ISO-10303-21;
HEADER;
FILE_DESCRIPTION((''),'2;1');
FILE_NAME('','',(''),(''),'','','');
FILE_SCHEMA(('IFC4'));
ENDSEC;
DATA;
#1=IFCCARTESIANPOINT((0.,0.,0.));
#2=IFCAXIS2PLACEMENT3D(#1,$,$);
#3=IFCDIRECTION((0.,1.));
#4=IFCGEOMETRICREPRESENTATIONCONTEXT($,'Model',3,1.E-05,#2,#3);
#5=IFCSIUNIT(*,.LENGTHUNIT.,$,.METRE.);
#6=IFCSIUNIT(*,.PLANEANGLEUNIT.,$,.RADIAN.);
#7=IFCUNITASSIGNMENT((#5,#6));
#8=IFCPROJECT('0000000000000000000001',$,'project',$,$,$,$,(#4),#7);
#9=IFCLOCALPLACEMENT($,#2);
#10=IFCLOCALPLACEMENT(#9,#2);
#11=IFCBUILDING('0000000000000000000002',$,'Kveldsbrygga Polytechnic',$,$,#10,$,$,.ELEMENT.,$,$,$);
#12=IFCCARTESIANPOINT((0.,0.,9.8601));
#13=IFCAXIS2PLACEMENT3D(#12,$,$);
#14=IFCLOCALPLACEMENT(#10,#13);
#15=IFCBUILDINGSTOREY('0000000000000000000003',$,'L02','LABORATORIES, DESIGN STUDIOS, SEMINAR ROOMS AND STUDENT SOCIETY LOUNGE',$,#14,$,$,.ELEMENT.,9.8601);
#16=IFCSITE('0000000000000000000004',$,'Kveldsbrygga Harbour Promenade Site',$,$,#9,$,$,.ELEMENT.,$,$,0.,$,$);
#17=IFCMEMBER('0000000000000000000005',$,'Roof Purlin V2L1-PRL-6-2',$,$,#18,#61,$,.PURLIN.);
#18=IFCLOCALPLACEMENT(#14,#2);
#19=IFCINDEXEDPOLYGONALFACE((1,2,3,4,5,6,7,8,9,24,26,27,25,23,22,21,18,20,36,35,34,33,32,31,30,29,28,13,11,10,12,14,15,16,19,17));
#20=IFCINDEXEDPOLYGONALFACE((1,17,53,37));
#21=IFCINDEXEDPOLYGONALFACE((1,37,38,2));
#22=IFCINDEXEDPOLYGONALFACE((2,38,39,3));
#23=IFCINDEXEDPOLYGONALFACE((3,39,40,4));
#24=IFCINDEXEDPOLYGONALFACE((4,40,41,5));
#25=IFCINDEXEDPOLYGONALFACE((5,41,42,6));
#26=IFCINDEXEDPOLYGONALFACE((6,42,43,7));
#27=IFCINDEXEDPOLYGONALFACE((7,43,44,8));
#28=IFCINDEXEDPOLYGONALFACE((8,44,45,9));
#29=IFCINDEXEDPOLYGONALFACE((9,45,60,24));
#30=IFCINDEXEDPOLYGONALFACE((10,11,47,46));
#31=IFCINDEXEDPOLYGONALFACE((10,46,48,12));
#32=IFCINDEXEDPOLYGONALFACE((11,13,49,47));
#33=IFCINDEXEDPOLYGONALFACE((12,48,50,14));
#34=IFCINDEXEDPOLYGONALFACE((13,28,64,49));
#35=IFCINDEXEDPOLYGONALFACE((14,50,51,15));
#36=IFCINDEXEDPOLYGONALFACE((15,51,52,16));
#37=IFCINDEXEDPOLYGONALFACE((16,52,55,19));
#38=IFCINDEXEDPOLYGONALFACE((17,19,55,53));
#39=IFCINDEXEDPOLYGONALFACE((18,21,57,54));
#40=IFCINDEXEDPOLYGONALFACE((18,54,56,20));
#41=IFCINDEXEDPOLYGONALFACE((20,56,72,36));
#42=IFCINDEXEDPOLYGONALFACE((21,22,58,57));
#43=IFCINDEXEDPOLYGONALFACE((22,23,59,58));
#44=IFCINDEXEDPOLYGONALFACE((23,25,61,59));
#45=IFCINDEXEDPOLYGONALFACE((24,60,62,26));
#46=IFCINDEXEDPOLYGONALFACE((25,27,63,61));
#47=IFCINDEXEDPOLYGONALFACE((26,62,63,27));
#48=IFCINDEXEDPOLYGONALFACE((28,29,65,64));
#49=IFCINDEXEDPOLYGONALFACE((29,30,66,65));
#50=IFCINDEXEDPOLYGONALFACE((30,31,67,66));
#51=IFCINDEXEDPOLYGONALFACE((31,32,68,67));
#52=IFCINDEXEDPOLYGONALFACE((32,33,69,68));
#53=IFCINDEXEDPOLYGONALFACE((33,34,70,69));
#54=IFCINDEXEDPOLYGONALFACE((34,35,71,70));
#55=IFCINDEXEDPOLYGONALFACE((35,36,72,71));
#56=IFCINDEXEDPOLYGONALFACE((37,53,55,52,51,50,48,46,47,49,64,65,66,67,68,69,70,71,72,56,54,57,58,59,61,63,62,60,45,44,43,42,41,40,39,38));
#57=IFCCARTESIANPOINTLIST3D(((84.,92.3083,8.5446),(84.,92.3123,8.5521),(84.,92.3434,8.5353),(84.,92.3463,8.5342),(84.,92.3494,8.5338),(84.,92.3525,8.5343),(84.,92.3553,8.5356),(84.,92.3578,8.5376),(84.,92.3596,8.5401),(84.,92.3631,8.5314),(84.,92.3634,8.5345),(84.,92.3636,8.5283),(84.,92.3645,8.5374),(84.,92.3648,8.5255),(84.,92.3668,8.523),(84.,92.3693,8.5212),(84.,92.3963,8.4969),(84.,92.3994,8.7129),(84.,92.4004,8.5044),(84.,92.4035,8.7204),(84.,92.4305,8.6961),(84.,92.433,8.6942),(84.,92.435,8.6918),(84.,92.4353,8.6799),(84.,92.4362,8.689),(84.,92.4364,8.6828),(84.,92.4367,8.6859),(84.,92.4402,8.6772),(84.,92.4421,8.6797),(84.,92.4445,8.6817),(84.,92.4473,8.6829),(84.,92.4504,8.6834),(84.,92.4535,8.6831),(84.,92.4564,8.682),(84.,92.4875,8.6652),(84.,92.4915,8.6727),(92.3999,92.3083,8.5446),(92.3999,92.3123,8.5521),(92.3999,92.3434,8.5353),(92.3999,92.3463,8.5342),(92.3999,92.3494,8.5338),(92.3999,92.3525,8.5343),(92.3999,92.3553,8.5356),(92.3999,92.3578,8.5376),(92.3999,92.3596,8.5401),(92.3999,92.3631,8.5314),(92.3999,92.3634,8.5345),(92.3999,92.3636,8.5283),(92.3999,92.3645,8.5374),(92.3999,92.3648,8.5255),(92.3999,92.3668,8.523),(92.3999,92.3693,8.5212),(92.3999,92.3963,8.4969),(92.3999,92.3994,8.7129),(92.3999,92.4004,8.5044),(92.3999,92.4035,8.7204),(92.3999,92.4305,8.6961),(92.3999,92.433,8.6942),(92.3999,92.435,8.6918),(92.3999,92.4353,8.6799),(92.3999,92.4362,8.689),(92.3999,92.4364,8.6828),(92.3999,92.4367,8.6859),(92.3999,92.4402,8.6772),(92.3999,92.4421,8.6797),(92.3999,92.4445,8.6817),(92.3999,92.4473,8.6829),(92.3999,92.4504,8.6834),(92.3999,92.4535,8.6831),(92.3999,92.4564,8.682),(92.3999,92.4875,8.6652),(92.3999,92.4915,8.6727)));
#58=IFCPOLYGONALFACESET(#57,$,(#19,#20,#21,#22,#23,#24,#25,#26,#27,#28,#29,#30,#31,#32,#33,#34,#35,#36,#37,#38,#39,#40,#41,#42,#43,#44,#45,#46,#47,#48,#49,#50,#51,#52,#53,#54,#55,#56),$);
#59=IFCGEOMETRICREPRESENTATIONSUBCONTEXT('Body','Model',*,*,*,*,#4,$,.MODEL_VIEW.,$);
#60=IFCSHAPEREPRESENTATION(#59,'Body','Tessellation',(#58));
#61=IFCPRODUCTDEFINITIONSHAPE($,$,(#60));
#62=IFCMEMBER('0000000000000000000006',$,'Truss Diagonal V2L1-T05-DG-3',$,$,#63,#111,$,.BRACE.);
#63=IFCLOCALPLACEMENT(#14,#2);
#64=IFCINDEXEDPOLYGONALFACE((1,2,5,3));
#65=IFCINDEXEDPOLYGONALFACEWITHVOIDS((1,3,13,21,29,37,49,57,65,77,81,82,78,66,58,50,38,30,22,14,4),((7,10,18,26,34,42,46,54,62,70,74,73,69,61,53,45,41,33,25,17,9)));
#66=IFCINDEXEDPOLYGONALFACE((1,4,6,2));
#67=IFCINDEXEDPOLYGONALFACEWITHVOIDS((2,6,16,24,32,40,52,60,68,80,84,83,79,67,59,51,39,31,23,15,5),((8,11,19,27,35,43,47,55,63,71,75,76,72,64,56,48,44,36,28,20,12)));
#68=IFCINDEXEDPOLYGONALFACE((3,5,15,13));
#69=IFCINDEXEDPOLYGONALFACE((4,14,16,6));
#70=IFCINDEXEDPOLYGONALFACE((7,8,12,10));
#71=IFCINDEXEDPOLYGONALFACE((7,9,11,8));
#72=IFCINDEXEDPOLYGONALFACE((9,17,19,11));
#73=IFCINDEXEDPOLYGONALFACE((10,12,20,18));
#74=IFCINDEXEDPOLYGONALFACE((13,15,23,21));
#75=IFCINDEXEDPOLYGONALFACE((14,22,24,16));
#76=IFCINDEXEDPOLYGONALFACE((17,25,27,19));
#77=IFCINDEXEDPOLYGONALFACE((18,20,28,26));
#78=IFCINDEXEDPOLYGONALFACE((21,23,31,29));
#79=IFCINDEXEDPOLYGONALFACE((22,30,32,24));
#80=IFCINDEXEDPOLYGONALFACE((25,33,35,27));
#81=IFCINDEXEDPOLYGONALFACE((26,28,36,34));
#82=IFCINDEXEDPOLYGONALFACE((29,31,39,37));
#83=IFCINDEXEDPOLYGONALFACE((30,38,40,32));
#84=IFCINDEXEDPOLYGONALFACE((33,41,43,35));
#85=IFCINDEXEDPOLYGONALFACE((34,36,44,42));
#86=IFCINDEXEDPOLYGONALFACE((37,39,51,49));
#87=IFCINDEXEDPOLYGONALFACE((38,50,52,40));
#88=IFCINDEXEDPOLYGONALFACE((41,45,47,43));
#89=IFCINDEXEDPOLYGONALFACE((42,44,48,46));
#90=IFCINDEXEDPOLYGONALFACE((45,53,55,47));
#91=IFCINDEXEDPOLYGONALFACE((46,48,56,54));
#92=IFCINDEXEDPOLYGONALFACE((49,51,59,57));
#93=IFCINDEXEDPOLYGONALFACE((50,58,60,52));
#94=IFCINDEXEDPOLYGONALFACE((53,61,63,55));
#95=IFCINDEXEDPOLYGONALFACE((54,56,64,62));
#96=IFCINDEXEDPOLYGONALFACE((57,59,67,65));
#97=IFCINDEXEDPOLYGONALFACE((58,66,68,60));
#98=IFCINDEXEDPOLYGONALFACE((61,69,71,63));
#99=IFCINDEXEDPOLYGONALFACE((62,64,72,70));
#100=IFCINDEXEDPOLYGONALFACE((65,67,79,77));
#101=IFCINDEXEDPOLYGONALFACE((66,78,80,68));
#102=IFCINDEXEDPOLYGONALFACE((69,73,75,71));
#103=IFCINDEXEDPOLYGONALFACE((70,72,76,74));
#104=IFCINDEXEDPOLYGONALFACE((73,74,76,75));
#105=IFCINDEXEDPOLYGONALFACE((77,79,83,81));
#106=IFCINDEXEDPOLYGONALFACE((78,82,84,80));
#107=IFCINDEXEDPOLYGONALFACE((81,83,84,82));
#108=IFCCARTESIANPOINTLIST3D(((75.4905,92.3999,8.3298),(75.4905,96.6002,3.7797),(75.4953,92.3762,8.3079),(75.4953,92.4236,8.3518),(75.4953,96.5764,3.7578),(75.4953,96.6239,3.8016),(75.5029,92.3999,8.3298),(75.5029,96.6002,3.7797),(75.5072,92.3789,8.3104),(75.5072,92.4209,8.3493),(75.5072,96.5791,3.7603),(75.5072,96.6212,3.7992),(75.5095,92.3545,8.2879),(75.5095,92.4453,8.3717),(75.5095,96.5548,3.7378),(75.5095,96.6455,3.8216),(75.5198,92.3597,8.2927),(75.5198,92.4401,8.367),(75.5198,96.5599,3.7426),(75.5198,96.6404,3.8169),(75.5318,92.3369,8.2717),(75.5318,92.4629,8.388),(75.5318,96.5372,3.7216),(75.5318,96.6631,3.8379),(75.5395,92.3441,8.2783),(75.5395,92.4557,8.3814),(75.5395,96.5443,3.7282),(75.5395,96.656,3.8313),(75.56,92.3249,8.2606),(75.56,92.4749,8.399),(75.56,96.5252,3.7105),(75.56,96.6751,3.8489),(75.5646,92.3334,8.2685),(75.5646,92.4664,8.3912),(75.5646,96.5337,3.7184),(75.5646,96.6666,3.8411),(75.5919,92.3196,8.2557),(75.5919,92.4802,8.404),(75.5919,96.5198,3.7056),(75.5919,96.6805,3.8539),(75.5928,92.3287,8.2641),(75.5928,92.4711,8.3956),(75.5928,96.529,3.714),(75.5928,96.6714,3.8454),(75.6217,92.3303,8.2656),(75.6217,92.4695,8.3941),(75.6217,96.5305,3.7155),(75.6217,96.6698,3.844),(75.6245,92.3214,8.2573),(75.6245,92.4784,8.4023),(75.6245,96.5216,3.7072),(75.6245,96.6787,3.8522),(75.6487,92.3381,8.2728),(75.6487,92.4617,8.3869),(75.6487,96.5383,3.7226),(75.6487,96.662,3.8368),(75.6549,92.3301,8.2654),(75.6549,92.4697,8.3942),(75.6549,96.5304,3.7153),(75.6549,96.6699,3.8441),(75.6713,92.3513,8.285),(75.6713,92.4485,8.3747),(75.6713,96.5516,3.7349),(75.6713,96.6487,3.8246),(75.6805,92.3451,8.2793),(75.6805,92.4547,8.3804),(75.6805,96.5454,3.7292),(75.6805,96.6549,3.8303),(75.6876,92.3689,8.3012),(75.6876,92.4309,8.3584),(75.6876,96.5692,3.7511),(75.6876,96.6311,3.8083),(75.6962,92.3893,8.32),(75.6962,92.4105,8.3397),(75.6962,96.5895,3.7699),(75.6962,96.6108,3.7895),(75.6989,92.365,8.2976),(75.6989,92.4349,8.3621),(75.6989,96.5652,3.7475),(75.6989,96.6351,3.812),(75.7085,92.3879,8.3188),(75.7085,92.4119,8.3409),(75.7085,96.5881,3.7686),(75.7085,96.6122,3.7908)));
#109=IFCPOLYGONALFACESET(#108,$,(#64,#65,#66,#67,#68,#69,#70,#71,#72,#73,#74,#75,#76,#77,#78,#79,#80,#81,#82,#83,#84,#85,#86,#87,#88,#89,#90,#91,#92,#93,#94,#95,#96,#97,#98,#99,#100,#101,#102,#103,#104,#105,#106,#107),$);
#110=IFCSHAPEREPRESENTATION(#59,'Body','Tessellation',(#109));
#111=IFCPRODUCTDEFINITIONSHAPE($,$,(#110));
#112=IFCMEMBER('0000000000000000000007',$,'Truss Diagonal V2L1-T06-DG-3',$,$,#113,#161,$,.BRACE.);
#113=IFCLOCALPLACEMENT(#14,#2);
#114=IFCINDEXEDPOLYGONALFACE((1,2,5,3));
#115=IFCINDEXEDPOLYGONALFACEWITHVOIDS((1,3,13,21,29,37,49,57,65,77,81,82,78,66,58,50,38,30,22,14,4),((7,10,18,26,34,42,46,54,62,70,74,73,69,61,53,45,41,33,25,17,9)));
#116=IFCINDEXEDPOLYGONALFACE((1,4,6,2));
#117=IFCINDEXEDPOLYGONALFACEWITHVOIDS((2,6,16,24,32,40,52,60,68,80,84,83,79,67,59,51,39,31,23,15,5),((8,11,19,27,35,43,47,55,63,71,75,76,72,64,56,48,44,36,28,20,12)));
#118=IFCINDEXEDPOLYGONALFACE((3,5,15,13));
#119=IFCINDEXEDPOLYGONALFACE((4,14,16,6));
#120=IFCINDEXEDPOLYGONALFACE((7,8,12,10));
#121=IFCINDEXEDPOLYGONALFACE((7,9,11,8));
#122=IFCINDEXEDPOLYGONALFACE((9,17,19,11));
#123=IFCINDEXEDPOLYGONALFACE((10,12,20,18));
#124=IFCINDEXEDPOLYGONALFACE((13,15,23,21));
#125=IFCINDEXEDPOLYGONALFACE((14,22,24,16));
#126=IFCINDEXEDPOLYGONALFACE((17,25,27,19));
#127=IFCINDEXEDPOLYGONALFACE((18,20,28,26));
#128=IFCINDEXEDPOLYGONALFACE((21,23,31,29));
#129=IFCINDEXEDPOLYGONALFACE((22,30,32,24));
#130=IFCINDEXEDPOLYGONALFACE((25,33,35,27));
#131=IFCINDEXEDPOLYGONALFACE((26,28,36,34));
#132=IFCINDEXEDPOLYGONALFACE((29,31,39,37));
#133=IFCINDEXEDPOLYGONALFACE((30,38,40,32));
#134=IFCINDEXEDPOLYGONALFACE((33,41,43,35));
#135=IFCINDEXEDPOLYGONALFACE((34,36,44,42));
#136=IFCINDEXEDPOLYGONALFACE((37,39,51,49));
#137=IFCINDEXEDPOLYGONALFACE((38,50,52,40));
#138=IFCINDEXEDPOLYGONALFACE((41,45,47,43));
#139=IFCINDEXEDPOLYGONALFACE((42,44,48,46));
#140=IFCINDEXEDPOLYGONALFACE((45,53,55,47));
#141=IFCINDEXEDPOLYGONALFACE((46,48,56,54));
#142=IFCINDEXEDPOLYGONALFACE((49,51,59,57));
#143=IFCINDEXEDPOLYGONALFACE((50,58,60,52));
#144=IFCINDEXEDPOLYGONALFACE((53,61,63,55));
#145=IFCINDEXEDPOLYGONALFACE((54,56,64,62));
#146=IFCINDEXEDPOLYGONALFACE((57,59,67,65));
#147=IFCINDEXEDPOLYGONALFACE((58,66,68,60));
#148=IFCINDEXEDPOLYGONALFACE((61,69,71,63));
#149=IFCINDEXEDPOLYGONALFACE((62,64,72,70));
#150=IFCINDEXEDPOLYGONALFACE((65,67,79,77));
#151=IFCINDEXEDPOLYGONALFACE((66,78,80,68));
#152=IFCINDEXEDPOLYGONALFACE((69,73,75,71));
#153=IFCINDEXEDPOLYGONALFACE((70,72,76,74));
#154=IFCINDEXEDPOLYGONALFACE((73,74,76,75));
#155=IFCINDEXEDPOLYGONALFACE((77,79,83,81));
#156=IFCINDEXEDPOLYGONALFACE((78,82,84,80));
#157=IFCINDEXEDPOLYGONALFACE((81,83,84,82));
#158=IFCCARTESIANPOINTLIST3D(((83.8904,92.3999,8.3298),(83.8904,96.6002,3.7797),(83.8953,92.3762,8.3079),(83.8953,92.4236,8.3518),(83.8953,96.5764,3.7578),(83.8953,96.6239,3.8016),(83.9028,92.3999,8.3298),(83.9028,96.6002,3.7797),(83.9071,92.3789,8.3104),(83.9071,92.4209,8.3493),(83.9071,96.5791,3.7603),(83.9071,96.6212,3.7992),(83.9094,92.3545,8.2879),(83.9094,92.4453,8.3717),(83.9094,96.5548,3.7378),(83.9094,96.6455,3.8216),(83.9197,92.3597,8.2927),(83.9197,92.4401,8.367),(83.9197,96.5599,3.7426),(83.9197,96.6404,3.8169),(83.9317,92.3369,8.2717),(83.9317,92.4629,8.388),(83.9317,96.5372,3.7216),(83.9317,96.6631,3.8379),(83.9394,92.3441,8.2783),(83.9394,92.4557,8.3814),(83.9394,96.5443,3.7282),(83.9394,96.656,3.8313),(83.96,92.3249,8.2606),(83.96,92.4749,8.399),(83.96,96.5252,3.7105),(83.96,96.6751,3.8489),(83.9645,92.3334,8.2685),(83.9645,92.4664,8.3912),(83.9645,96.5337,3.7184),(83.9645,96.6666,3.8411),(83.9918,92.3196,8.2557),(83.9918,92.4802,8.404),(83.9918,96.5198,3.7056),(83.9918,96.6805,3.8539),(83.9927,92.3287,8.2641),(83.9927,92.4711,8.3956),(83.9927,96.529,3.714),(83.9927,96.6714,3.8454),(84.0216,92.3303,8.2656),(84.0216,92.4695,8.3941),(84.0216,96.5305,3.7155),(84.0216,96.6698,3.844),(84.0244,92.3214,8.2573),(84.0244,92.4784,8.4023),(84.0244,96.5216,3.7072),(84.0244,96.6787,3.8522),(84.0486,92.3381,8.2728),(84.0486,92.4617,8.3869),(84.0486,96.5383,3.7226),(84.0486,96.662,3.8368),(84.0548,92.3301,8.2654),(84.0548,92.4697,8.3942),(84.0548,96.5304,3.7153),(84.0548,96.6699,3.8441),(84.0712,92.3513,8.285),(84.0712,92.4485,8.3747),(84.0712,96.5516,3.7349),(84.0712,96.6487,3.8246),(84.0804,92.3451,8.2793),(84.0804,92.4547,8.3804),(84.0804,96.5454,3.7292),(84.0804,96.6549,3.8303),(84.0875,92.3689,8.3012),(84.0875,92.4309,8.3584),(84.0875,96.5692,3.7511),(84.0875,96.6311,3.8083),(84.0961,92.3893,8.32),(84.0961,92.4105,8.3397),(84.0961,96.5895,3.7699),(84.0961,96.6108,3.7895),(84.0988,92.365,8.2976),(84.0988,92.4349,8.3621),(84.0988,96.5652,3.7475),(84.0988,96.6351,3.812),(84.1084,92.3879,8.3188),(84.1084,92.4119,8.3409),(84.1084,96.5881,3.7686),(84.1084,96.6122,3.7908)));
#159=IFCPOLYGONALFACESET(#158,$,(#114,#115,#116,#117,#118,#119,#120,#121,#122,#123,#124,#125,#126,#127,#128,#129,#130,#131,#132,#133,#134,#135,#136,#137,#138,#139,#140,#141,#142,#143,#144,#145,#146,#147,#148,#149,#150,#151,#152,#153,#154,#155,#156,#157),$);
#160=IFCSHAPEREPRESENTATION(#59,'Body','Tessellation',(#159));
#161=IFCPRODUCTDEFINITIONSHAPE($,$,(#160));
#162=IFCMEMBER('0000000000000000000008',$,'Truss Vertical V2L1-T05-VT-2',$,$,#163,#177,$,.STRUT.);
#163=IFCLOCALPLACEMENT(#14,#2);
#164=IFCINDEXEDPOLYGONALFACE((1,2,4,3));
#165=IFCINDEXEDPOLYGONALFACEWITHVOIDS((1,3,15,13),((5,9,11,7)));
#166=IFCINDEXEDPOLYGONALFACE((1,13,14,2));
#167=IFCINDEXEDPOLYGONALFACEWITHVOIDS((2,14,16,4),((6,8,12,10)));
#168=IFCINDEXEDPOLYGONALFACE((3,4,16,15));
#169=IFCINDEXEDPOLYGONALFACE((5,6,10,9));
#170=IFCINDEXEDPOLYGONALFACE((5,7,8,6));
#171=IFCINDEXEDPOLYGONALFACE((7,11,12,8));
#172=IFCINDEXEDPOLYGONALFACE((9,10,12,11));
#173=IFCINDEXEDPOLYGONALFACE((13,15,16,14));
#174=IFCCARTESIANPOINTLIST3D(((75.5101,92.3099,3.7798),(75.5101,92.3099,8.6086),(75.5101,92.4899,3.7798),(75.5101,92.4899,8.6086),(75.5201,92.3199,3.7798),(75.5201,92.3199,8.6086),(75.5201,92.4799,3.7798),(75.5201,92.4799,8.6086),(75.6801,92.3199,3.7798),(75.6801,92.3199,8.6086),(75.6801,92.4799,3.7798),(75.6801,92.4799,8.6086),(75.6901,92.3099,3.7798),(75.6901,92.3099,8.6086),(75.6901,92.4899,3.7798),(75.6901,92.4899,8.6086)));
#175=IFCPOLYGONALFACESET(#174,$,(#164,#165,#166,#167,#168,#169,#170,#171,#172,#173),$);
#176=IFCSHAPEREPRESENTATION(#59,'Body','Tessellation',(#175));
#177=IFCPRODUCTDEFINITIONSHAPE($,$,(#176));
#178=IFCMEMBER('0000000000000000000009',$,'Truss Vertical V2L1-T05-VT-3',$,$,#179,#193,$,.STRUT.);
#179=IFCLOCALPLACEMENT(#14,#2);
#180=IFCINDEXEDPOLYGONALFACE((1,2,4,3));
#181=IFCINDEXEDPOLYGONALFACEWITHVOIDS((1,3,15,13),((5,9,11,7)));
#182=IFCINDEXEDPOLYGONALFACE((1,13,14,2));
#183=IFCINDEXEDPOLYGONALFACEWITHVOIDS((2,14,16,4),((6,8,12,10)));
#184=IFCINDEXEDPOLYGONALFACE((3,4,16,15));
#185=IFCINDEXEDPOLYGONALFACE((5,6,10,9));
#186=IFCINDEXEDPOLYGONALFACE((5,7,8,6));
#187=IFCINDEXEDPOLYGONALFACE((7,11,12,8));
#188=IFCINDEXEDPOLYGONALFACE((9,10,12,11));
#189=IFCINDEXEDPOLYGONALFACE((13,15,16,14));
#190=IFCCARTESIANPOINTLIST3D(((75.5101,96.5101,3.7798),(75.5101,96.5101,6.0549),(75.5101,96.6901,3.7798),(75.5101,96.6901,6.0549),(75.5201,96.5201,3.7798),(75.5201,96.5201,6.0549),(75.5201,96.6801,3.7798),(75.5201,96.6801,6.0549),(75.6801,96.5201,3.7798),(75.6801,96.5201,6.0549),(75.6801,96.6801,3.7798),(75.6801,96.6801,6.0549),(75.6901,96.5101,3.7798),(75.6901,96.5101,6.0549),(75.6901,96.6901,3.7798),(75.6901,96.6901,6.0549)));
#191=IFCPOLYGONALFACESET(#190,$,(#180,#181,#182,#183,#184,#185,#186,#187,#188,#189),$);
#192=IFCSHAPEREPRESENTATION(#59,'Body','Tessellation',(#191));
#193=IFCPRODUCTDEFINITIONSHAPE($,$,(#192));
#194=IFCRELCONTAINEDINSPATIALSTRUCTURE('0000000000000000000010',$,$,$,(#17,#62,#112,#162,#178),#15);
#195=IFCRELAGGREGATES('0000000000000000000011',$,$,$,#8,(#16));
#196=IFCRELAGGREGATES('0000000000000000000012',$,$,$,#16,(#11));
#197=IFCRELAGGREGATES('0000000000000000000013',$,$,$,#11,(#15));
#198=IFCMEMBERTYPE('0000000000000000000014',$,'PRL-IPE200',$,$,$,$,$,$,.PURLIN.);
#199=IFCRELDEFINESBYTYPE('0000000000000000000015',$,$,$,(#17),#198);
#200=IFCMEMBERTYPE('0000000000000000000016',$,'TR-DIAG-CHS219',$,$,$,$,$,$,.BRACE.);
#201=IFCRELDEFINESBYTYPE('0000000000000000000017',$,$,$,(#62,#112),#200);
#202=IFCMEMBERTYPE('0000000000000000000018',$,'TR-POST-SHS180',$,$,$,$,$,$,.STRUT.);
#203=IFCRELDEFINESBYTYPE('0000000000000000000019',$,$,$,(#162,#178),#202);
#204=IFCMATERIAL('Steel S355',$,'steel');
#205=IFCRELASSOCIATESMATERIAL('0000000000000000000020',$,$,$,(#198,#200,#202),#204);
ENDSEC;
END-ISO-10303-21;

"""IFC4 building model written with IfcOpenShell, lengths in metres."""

from ifc_helpers import new_model, si_unit, direction, frame, origin, origin_2d, place, context, subcontext, project, spatial, hollow_rectangle, hollow_circle, i_section, extrude, material, material_profile, profile_set, type_object, element, save


model = new_model("IFC4")

# Units and contexts
model_context = context("Model", 3, precision=1e-05, world=origin(), true_north=direction((0.0, 1.0)))
body_context = subcontext(model_context, "Body", "Model", "MODEL_VIEW")
ifc_project = project(units=[si_unit("LENGTHUNIT", "METRE"), si_unit("PLANEANGLEUNIT", "RADIAN")], contexts=[model_context])

# Site, building, storey
site_placement = place(None, origin())
site = spatial("IfcSite", under=ifc_project, at=site_placement, Name="Kveldsbrygga Harbour Promenade Site", CompositionType="ELEMENT", RefElevation=0.0)
building_placement = place(site_placement, origin())
building = spatial("IfcBuilding", under=site, at=building_placement, Name="Kveldsbrygga Polytechnic", CompositionType="ELEMENT")
storey_placement = place(building_placement, frame((0.0, 0.0, 9.8601)))
storey = spatial("IfcBuildingStorey", under=building, at=storey_placement, Name="L02", Description="LABORATORIES, DESIGN STUDIOS, SEMINAR ROOMS AND STUDENT SOCIETY LOUNGE", CompositionType="ELEMENT", Elevation=9.8601)

# Members
ifc_material_1 = material(Name="Steel S355", Category="steel")
ifc_material_profile_1 = material_profile(ifc_material_1, i_section(OverallWidth=0.1001, OverallDepth=0.2, WebThickness=0.0056, FlangeThickness=0.0085, FilletRadius=0.012, at=origin_2d()), Name="IPE 200")
ifc_profile_set_1 = profile_set([ifc_material_profile_1], Name="Steel S355")
member_type_1 = type_object("IfcMemberType", Name="PRL-IPE200", PredefinedType="PURLIN", material=ifc_profile_set_1)
for number, where, z_axis, x_axis, name in (
    (1, (84.0, 92.3999, 8.6086), (1.0, 0.0, 0.0), (0.0, 0.879292, -0.476283), "Roof Purlin V2L1-PRL-6-2"),
):
    element("IfcMember", number, at=place(storey_placement, frame(where, z_axis=z_axis, x_axis=x_axis)), inside=storey, type_object=member_type_1, Name=name, PredefinedType="PURLIN", context=body_context, shape_type="SweptSolid", body=[
        extrude(i_section(OverallWidth=0.1001, OverallDepth=0.2, WebThickness=0.0056, FlangeThickness=0.0085, FilletRadius=0.012, at=origin_2d()), origin(), (0.0, 0.0, 1.0), 8.3999),
    ])
ifc_material_profile_2 = material_profile(ifc_material_1, hollow_circle(Radius=0.1096, WallThickness=0.0125, at=origin_2d()), Name="CHS 219.1x12.5")
ifc_profile_set_2 = profile_set([ifc_material_profile_2], Name="Steel S355")
member_type_2 = type_object("IfcMemberType", Name="TR-DIAG-CHS219", PredefinedType="BRACE", material=ifc_profile_set_2)
for number, where, z_axis, x_axis, name in (
    (2, (75.6001, 92.3999, 8.3298), (0.0, 0.678293, -0.734791), (-1.0, 0.0, 0.0), "Truss Diagonal V2L1-T05-DG-3"),
    (3, (84.0, 92.3999, 8.3298), (0.0, 0.678293, -0.734791), (-1.0, 0.0, 0.0), "Truss Diagonal V2L1-T06-DG-3"),
):
    element("IfcMember", number, at=place(storey_placement, frame(where, z_axis=z_axis, x_axis=x_axis)), inside=storey, type_object=member_type_2, Name=name, PredefinedType="BRACE", context=body_context, shape_type="SweptSolid", body=[
        extrude(hollow_circle(Radius=0.1096, WallThickness=0.0125, at=origin_2d()), origin(), (0.0, 0.0, 1.0), 6.1924),
    ])
ifc_material_profile_3 = material_profile(ifc_material_1, hollow_rectangle(XDim=0.1799, YDim=0.1799, WallThickness=0.01, at=origin_2d()), Name="SHS 180x180x10.0")
ifc_profile_set_3 = profile_set([ifc_material_profile_3], Name="Steel S355")
member_type_3 = type_object("IfcMemberType", Name="TR-POST-SHS180", PredefinedType="STRUT", material=ifc_profile_set_3)
member_1_placement = place(storey_placement, frame((75.6001, 92.3999, 3.7798), z_axis=(0.0, 0.0, 1.0), x_axis=(1.0, 0.0, 0.0)))
element("IfcMember", 4, at=member_1_placement, inside=storey, type_object=member_type_3, Name="Truss Vertical V2L1-T05-VT-2", PredefinedType="STRUT", context=body_context, shape_type="SweptSolid", body=[
    extrude(hollow_rectangle(XDim=0.1799, YDim=0.1799, WallThickness=0.01, at=origin_2d()), origin(), (0.0, 0.0, 1.0), 4.8289),
])
member_2_placement = place(storey_placement, frame((75.6001, 96.6001, 3.7798), z_axis=(0.0, 0.0, 1.0), x_axis=(1.0, 0.0, 0.0)))
element("IfcMember", 5, at=member_2_placement, inside=storey, type_object=member_type_3, Name="Truss Vertical V2L1-T05-VT-3", PredefinedType="STRUT", context=body_context, shape_type="SweptSolid", body=[
    extrude(hollow_rectangle(XDim=0.1799, YDim=0.1799, WallThickness=0.01, at=origin_2d()), origin(), (0.0, 0.0, 1.0), 2.2751),
])

save(model, "model.ifc")
